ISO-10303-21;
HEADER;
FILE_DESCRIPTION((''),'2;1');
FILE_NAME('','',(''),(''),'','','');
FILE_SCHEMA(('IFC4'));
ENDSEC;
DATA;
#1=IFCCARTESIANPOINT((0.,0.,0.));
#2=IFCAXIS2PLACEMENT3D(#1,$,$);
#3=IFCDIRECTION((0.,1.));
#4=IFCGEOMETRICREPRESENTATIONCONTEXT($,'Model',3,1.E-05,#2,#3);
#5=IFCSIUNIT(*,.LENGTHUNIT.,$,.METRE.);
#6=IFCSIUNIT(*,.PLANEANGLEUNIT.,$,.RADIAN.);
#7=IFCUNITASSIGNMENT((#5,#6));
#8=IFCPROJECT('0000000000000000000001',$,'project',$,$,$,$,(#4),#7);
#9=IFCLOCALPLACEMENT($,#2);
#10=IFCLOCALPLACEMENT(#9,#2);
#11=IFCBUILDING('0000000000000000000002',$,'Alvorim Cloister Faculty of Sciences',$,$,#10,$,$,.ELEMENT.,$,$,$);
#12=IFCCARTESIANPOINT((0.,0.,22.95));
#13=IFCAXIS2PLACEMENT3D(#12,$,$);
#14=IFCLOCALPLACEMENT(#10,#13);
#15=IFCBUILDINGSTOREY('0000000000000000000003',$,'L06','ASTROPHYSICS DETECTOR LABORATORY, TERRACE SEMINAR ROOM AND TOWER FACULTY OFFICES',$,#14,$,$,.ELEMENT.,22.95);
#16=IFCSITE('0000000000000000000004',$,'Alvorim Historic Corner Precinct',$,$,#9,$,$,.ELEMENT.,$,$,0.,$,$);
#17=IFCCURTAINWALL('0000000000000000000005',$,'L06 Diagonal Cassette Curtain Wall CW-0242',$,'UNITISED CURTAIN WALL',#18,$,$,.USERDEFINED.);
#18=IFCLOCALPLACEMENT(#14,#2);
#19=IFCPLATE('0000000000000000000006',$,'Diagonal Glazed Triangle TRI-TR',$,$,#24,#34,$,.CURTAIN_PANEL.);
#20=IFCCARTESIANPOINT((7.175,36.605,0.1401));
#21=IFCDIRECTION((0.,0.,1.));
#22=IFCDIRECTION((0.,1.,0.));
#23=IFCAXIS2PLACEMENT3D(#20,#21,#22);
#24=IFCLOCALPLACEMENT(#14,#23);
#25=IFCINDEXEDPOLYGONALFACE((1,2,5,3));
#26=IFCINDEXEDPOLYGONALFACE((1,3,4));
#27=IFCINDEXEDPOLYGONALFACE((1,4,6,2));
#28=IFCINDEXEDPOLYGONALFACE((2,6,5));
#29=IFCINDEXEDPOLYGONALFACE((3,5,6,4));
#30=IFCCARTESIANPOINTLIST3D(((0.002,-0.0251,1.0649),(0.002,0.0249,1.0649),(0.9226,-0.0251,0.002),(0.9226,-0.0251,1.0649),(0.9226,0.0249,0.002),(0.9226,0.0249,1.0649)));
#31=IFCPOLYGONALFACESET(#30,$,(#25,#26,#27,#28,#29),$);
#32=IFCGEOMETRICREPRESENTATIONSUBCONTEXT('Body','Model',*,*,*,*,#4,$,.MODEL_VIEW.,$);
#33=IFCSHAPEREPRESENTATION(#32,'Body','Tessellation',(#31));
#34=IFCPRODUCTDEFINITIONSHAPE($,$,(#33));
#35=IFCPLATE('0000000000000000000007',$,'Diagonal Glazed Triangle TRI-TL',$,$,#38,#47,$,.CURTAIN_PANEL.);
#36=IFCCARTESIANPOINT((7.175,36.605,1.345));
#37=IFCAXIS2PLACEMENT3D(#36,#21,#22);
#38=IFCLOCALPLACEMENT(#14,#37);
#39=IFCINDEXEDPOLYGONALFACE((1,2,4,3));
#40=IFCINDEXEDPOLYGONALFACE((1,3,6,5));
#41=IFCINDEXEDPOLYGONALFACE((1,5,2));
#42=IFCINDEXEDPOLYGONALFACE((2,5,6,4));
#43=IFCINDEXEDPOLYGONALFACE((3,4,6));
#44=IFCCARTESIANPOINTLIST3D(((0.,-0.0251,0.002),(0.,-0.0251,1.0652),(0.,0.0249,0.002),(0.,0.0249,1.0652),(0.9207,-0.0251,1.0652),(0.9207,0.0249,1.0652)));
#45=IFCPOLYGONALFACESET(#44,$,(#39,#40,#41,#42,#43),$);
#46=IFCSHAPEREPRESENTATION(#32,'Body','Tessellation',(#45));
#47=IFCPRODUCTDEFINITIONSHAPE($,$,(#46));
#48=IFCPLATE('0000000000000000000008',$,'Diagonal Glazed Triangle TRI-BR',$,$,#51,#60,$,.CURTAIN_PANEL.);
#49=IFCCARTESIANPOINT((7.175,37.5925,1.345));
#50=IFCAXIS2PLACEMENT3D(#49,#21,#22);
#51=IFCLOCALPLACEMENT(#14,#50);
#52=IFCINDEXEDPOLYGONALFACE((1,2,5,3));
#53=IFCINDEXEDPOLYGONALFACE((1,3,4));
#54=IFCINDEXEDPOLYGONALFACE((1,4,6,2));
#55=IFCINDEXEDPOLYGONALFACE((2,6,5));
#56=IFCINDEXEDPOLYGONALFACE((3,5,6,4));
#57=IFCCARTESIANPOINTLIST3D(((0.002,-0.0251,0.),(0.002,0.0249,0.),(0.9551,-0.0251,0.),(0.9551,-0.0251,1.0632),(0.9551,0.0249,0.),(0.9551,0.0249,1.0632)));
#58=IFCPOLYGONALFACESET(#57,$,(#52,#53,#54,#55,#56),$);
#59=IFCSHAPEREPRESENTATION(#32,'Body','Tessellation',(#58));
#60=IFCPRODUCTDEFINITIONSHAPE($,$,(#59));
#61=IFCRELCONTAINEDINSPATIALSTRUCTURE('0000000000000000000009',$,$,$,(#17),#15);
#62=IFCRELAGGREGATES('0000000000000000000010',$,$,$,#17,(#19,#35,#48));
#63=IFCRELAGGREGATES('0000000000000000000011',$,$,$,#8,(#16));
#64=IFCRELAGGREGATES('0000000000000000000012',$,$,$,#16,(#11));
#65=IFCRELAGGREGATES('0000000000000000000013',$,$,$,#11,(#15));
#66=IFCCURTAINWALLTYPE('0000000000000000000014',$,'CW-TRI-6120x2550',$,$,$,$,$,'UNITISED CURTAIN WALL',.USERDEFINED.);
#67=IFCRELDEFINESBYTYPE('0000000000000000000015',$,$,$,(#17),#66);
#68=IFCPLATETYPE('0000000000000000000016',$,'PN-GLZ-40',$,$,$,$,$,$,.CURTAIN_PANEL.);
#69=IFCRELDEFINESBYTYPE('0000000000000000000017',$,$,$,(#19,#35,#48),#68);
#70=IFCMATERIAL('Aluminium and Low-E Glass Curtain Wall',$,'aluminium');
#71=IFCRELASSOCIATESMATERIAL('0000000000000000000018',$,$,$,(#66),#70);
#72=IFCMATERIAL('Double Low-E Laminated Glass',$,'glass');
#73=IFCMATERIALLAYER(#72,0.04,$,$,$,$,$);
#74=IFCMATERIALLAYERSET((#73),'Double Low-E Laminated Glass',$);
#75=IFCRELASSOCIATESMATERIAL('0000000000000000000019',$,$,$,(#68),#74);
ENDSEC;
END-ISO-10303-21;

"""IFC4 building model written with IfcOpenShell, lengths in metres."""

from ifc_helpers import new_model, si_unit, direction, frame, origin, place, context, subcontext, project, spatial, polyline, outline, extrude, material, layer, layer_set, type_object, element, aggregate, save


model = new_model("IFC4")

# Units and contexts
model_context = context("Model", 3, precision=1e-05, world=origin(), true_north=direction((0.0, 1.0)))
body_context = subcontext(model_context, "Body", "Model", "MODEL_VIEW")
ifc_project = project(units=[si_unit("LENGTHUNIT", "METRE"), si_unit("PLANEANGLEUNIT", "RADIAN")], contexts=[model_context])

# Site, building, storey
site_placement = place(None, origin())
site = spatial("IfcSite", under=ifc_project, at=site_placement, Name="Alvorim Historic Corner Precinct", CompositionType="ELEMENT", RefElevation=0.0)
building_placement = place(site_placement, origin())
building = spatial("IfcBuilding", under=site, at=building_placement, Name="Alvorim Cloister Faculty of Sciences", CompositionType="ELEMENT")
storey_placement = place(building_placement, frame((0.0, 0.0, 22.95)))
storey = spatial("IfcBuildingStorey", under=building, at=storey_placement, Name="L06", Description="ASTROPHYSICS DETECTOR LABORATORY, TERRACE SEMINAR ROOM AND TOWER FACULTY OFFICES", CompositionType="ELEMENT", Elevation=22.95)

# Curtain wall, plates
ifc_material_1 = material(Name="Aluminium and Low-E Glass Curtain Wall", Category="aluminium")
curtain_wall_type = type_object("IfcCurtainWallType", Name="CW-TRI-6120x2550", ElementType="UNITISED CURTAIN WALL", PredefinedType="USERDEFINED", material=ifc_material_1)
curtain_wall_placement = place(storey_placement, origin())
curtain_wall = element("IfcCurtainWall", 1, at=curtain_wall_placement, inside=storey, type_object=curtain_wall_type, Name="L06 Diagonal Cassette Curtain Wall CW-0242", ObjectType="UNITISED CURTAIN WALL", PredefinedType="USERDEFINED")
ifc_material_2 = material(Name="Double Low-E Laminated Glass", Category="glass")
ifc_layer_1 = layer(ifc_material_2, 0.04)
ifc_layer_set_1 = layer_set([ifc_layer_1], Name="Double Low-E Laminated Glass")
plate_type = type_object("IfcPlateType", Name="PN-GLZ-40", PredefinedType="CURTAIN_PANEL", material=ifc_layer_set_1)
plate_1_placement = place(storey_placement, frame((7.175, 36.605, 0.1401), z_axis=(0.0, 0.0, 1.0), x_axis=(0.0, 1.0, 0.0)))
plate_1 = element("IfcPlate", 2, at=plate_1_placement, type_object=plate_type, Name="Diagonal Glazed Triangle TRI-TR", PredefinedType="CURTAIN_PANEL", context=body_context, shape_type="SweptSolid", body=[
    extrude(outline(polyline([(0.9226, 0.002), (0.9226, 1.0649), (0.002, 1.0649), (0.9226, 0.002)])), frame((0.0, 0.0249, 0.0), z_axis=(0.0, -1.0, 0.0), x_axis=(1.0, 0.0, 0.0)), (0.0, 0.0, 1.0), 0.05),
])
plate_2_placement = place(storey_placement, frame((7.175, 36.605, 1.345), z_axis=(0.0, 0.0, 1.0), x_axis=(0.0, 1.0, 0.0)))
plate_2 = element("IfcPlate", 3, at=plate_2_placement, type_object=plate_type, Name="Diagonal Glazed Triangle TRI-TL", PredefinedType="CURTAIN_PANEL", context=body_context, shape_type="SweptSolid", body=[
    extrude(outline(polyline([(0.9207, 1.0652), (0.0, 1.0652), (0.0, 0.002), (0.9207, 1.0652)])), frame((0.0, 0.0249, 0.0), z_axis=(0.0, -1.0, 0.0), x_axis=(1.0, 0.0, 0.0)), (0.0, 0.0, 1.0), 0.05),
])
plate_3_placement = place(storey_placement, frame((7.175, 37.5925, 1.345), z_axis=(0.0, 0.0, 1.0), x_axis=(0.0, 1.0, 0.0)))
plate_3 = element("IfcPlate", 4, at=plate_3_placement, type_object=plate_type, Name="Diagonal Glazed Triangle TRI-BR", PredefinedType="CURTAIN_PANEL", context=body_context, shape_type="SweptSolid", body=[
    extrude(outline(polyline([(0.002, 0.0), (0.9551, 0.0), (0.9551, 1.0632), (0.002, 0.0)])), frame((0.0, 0.0249, 0.0), z_axis=(0.0, -1.0, 0.0), x_axis=(1.0, 0.0, 0.0)), (0.0, 0.0, 1.0), 0.05),
])
aggregate(curtain_wall, [plate_1, plate_2, plate_3])

save(model, "model.ifc")
